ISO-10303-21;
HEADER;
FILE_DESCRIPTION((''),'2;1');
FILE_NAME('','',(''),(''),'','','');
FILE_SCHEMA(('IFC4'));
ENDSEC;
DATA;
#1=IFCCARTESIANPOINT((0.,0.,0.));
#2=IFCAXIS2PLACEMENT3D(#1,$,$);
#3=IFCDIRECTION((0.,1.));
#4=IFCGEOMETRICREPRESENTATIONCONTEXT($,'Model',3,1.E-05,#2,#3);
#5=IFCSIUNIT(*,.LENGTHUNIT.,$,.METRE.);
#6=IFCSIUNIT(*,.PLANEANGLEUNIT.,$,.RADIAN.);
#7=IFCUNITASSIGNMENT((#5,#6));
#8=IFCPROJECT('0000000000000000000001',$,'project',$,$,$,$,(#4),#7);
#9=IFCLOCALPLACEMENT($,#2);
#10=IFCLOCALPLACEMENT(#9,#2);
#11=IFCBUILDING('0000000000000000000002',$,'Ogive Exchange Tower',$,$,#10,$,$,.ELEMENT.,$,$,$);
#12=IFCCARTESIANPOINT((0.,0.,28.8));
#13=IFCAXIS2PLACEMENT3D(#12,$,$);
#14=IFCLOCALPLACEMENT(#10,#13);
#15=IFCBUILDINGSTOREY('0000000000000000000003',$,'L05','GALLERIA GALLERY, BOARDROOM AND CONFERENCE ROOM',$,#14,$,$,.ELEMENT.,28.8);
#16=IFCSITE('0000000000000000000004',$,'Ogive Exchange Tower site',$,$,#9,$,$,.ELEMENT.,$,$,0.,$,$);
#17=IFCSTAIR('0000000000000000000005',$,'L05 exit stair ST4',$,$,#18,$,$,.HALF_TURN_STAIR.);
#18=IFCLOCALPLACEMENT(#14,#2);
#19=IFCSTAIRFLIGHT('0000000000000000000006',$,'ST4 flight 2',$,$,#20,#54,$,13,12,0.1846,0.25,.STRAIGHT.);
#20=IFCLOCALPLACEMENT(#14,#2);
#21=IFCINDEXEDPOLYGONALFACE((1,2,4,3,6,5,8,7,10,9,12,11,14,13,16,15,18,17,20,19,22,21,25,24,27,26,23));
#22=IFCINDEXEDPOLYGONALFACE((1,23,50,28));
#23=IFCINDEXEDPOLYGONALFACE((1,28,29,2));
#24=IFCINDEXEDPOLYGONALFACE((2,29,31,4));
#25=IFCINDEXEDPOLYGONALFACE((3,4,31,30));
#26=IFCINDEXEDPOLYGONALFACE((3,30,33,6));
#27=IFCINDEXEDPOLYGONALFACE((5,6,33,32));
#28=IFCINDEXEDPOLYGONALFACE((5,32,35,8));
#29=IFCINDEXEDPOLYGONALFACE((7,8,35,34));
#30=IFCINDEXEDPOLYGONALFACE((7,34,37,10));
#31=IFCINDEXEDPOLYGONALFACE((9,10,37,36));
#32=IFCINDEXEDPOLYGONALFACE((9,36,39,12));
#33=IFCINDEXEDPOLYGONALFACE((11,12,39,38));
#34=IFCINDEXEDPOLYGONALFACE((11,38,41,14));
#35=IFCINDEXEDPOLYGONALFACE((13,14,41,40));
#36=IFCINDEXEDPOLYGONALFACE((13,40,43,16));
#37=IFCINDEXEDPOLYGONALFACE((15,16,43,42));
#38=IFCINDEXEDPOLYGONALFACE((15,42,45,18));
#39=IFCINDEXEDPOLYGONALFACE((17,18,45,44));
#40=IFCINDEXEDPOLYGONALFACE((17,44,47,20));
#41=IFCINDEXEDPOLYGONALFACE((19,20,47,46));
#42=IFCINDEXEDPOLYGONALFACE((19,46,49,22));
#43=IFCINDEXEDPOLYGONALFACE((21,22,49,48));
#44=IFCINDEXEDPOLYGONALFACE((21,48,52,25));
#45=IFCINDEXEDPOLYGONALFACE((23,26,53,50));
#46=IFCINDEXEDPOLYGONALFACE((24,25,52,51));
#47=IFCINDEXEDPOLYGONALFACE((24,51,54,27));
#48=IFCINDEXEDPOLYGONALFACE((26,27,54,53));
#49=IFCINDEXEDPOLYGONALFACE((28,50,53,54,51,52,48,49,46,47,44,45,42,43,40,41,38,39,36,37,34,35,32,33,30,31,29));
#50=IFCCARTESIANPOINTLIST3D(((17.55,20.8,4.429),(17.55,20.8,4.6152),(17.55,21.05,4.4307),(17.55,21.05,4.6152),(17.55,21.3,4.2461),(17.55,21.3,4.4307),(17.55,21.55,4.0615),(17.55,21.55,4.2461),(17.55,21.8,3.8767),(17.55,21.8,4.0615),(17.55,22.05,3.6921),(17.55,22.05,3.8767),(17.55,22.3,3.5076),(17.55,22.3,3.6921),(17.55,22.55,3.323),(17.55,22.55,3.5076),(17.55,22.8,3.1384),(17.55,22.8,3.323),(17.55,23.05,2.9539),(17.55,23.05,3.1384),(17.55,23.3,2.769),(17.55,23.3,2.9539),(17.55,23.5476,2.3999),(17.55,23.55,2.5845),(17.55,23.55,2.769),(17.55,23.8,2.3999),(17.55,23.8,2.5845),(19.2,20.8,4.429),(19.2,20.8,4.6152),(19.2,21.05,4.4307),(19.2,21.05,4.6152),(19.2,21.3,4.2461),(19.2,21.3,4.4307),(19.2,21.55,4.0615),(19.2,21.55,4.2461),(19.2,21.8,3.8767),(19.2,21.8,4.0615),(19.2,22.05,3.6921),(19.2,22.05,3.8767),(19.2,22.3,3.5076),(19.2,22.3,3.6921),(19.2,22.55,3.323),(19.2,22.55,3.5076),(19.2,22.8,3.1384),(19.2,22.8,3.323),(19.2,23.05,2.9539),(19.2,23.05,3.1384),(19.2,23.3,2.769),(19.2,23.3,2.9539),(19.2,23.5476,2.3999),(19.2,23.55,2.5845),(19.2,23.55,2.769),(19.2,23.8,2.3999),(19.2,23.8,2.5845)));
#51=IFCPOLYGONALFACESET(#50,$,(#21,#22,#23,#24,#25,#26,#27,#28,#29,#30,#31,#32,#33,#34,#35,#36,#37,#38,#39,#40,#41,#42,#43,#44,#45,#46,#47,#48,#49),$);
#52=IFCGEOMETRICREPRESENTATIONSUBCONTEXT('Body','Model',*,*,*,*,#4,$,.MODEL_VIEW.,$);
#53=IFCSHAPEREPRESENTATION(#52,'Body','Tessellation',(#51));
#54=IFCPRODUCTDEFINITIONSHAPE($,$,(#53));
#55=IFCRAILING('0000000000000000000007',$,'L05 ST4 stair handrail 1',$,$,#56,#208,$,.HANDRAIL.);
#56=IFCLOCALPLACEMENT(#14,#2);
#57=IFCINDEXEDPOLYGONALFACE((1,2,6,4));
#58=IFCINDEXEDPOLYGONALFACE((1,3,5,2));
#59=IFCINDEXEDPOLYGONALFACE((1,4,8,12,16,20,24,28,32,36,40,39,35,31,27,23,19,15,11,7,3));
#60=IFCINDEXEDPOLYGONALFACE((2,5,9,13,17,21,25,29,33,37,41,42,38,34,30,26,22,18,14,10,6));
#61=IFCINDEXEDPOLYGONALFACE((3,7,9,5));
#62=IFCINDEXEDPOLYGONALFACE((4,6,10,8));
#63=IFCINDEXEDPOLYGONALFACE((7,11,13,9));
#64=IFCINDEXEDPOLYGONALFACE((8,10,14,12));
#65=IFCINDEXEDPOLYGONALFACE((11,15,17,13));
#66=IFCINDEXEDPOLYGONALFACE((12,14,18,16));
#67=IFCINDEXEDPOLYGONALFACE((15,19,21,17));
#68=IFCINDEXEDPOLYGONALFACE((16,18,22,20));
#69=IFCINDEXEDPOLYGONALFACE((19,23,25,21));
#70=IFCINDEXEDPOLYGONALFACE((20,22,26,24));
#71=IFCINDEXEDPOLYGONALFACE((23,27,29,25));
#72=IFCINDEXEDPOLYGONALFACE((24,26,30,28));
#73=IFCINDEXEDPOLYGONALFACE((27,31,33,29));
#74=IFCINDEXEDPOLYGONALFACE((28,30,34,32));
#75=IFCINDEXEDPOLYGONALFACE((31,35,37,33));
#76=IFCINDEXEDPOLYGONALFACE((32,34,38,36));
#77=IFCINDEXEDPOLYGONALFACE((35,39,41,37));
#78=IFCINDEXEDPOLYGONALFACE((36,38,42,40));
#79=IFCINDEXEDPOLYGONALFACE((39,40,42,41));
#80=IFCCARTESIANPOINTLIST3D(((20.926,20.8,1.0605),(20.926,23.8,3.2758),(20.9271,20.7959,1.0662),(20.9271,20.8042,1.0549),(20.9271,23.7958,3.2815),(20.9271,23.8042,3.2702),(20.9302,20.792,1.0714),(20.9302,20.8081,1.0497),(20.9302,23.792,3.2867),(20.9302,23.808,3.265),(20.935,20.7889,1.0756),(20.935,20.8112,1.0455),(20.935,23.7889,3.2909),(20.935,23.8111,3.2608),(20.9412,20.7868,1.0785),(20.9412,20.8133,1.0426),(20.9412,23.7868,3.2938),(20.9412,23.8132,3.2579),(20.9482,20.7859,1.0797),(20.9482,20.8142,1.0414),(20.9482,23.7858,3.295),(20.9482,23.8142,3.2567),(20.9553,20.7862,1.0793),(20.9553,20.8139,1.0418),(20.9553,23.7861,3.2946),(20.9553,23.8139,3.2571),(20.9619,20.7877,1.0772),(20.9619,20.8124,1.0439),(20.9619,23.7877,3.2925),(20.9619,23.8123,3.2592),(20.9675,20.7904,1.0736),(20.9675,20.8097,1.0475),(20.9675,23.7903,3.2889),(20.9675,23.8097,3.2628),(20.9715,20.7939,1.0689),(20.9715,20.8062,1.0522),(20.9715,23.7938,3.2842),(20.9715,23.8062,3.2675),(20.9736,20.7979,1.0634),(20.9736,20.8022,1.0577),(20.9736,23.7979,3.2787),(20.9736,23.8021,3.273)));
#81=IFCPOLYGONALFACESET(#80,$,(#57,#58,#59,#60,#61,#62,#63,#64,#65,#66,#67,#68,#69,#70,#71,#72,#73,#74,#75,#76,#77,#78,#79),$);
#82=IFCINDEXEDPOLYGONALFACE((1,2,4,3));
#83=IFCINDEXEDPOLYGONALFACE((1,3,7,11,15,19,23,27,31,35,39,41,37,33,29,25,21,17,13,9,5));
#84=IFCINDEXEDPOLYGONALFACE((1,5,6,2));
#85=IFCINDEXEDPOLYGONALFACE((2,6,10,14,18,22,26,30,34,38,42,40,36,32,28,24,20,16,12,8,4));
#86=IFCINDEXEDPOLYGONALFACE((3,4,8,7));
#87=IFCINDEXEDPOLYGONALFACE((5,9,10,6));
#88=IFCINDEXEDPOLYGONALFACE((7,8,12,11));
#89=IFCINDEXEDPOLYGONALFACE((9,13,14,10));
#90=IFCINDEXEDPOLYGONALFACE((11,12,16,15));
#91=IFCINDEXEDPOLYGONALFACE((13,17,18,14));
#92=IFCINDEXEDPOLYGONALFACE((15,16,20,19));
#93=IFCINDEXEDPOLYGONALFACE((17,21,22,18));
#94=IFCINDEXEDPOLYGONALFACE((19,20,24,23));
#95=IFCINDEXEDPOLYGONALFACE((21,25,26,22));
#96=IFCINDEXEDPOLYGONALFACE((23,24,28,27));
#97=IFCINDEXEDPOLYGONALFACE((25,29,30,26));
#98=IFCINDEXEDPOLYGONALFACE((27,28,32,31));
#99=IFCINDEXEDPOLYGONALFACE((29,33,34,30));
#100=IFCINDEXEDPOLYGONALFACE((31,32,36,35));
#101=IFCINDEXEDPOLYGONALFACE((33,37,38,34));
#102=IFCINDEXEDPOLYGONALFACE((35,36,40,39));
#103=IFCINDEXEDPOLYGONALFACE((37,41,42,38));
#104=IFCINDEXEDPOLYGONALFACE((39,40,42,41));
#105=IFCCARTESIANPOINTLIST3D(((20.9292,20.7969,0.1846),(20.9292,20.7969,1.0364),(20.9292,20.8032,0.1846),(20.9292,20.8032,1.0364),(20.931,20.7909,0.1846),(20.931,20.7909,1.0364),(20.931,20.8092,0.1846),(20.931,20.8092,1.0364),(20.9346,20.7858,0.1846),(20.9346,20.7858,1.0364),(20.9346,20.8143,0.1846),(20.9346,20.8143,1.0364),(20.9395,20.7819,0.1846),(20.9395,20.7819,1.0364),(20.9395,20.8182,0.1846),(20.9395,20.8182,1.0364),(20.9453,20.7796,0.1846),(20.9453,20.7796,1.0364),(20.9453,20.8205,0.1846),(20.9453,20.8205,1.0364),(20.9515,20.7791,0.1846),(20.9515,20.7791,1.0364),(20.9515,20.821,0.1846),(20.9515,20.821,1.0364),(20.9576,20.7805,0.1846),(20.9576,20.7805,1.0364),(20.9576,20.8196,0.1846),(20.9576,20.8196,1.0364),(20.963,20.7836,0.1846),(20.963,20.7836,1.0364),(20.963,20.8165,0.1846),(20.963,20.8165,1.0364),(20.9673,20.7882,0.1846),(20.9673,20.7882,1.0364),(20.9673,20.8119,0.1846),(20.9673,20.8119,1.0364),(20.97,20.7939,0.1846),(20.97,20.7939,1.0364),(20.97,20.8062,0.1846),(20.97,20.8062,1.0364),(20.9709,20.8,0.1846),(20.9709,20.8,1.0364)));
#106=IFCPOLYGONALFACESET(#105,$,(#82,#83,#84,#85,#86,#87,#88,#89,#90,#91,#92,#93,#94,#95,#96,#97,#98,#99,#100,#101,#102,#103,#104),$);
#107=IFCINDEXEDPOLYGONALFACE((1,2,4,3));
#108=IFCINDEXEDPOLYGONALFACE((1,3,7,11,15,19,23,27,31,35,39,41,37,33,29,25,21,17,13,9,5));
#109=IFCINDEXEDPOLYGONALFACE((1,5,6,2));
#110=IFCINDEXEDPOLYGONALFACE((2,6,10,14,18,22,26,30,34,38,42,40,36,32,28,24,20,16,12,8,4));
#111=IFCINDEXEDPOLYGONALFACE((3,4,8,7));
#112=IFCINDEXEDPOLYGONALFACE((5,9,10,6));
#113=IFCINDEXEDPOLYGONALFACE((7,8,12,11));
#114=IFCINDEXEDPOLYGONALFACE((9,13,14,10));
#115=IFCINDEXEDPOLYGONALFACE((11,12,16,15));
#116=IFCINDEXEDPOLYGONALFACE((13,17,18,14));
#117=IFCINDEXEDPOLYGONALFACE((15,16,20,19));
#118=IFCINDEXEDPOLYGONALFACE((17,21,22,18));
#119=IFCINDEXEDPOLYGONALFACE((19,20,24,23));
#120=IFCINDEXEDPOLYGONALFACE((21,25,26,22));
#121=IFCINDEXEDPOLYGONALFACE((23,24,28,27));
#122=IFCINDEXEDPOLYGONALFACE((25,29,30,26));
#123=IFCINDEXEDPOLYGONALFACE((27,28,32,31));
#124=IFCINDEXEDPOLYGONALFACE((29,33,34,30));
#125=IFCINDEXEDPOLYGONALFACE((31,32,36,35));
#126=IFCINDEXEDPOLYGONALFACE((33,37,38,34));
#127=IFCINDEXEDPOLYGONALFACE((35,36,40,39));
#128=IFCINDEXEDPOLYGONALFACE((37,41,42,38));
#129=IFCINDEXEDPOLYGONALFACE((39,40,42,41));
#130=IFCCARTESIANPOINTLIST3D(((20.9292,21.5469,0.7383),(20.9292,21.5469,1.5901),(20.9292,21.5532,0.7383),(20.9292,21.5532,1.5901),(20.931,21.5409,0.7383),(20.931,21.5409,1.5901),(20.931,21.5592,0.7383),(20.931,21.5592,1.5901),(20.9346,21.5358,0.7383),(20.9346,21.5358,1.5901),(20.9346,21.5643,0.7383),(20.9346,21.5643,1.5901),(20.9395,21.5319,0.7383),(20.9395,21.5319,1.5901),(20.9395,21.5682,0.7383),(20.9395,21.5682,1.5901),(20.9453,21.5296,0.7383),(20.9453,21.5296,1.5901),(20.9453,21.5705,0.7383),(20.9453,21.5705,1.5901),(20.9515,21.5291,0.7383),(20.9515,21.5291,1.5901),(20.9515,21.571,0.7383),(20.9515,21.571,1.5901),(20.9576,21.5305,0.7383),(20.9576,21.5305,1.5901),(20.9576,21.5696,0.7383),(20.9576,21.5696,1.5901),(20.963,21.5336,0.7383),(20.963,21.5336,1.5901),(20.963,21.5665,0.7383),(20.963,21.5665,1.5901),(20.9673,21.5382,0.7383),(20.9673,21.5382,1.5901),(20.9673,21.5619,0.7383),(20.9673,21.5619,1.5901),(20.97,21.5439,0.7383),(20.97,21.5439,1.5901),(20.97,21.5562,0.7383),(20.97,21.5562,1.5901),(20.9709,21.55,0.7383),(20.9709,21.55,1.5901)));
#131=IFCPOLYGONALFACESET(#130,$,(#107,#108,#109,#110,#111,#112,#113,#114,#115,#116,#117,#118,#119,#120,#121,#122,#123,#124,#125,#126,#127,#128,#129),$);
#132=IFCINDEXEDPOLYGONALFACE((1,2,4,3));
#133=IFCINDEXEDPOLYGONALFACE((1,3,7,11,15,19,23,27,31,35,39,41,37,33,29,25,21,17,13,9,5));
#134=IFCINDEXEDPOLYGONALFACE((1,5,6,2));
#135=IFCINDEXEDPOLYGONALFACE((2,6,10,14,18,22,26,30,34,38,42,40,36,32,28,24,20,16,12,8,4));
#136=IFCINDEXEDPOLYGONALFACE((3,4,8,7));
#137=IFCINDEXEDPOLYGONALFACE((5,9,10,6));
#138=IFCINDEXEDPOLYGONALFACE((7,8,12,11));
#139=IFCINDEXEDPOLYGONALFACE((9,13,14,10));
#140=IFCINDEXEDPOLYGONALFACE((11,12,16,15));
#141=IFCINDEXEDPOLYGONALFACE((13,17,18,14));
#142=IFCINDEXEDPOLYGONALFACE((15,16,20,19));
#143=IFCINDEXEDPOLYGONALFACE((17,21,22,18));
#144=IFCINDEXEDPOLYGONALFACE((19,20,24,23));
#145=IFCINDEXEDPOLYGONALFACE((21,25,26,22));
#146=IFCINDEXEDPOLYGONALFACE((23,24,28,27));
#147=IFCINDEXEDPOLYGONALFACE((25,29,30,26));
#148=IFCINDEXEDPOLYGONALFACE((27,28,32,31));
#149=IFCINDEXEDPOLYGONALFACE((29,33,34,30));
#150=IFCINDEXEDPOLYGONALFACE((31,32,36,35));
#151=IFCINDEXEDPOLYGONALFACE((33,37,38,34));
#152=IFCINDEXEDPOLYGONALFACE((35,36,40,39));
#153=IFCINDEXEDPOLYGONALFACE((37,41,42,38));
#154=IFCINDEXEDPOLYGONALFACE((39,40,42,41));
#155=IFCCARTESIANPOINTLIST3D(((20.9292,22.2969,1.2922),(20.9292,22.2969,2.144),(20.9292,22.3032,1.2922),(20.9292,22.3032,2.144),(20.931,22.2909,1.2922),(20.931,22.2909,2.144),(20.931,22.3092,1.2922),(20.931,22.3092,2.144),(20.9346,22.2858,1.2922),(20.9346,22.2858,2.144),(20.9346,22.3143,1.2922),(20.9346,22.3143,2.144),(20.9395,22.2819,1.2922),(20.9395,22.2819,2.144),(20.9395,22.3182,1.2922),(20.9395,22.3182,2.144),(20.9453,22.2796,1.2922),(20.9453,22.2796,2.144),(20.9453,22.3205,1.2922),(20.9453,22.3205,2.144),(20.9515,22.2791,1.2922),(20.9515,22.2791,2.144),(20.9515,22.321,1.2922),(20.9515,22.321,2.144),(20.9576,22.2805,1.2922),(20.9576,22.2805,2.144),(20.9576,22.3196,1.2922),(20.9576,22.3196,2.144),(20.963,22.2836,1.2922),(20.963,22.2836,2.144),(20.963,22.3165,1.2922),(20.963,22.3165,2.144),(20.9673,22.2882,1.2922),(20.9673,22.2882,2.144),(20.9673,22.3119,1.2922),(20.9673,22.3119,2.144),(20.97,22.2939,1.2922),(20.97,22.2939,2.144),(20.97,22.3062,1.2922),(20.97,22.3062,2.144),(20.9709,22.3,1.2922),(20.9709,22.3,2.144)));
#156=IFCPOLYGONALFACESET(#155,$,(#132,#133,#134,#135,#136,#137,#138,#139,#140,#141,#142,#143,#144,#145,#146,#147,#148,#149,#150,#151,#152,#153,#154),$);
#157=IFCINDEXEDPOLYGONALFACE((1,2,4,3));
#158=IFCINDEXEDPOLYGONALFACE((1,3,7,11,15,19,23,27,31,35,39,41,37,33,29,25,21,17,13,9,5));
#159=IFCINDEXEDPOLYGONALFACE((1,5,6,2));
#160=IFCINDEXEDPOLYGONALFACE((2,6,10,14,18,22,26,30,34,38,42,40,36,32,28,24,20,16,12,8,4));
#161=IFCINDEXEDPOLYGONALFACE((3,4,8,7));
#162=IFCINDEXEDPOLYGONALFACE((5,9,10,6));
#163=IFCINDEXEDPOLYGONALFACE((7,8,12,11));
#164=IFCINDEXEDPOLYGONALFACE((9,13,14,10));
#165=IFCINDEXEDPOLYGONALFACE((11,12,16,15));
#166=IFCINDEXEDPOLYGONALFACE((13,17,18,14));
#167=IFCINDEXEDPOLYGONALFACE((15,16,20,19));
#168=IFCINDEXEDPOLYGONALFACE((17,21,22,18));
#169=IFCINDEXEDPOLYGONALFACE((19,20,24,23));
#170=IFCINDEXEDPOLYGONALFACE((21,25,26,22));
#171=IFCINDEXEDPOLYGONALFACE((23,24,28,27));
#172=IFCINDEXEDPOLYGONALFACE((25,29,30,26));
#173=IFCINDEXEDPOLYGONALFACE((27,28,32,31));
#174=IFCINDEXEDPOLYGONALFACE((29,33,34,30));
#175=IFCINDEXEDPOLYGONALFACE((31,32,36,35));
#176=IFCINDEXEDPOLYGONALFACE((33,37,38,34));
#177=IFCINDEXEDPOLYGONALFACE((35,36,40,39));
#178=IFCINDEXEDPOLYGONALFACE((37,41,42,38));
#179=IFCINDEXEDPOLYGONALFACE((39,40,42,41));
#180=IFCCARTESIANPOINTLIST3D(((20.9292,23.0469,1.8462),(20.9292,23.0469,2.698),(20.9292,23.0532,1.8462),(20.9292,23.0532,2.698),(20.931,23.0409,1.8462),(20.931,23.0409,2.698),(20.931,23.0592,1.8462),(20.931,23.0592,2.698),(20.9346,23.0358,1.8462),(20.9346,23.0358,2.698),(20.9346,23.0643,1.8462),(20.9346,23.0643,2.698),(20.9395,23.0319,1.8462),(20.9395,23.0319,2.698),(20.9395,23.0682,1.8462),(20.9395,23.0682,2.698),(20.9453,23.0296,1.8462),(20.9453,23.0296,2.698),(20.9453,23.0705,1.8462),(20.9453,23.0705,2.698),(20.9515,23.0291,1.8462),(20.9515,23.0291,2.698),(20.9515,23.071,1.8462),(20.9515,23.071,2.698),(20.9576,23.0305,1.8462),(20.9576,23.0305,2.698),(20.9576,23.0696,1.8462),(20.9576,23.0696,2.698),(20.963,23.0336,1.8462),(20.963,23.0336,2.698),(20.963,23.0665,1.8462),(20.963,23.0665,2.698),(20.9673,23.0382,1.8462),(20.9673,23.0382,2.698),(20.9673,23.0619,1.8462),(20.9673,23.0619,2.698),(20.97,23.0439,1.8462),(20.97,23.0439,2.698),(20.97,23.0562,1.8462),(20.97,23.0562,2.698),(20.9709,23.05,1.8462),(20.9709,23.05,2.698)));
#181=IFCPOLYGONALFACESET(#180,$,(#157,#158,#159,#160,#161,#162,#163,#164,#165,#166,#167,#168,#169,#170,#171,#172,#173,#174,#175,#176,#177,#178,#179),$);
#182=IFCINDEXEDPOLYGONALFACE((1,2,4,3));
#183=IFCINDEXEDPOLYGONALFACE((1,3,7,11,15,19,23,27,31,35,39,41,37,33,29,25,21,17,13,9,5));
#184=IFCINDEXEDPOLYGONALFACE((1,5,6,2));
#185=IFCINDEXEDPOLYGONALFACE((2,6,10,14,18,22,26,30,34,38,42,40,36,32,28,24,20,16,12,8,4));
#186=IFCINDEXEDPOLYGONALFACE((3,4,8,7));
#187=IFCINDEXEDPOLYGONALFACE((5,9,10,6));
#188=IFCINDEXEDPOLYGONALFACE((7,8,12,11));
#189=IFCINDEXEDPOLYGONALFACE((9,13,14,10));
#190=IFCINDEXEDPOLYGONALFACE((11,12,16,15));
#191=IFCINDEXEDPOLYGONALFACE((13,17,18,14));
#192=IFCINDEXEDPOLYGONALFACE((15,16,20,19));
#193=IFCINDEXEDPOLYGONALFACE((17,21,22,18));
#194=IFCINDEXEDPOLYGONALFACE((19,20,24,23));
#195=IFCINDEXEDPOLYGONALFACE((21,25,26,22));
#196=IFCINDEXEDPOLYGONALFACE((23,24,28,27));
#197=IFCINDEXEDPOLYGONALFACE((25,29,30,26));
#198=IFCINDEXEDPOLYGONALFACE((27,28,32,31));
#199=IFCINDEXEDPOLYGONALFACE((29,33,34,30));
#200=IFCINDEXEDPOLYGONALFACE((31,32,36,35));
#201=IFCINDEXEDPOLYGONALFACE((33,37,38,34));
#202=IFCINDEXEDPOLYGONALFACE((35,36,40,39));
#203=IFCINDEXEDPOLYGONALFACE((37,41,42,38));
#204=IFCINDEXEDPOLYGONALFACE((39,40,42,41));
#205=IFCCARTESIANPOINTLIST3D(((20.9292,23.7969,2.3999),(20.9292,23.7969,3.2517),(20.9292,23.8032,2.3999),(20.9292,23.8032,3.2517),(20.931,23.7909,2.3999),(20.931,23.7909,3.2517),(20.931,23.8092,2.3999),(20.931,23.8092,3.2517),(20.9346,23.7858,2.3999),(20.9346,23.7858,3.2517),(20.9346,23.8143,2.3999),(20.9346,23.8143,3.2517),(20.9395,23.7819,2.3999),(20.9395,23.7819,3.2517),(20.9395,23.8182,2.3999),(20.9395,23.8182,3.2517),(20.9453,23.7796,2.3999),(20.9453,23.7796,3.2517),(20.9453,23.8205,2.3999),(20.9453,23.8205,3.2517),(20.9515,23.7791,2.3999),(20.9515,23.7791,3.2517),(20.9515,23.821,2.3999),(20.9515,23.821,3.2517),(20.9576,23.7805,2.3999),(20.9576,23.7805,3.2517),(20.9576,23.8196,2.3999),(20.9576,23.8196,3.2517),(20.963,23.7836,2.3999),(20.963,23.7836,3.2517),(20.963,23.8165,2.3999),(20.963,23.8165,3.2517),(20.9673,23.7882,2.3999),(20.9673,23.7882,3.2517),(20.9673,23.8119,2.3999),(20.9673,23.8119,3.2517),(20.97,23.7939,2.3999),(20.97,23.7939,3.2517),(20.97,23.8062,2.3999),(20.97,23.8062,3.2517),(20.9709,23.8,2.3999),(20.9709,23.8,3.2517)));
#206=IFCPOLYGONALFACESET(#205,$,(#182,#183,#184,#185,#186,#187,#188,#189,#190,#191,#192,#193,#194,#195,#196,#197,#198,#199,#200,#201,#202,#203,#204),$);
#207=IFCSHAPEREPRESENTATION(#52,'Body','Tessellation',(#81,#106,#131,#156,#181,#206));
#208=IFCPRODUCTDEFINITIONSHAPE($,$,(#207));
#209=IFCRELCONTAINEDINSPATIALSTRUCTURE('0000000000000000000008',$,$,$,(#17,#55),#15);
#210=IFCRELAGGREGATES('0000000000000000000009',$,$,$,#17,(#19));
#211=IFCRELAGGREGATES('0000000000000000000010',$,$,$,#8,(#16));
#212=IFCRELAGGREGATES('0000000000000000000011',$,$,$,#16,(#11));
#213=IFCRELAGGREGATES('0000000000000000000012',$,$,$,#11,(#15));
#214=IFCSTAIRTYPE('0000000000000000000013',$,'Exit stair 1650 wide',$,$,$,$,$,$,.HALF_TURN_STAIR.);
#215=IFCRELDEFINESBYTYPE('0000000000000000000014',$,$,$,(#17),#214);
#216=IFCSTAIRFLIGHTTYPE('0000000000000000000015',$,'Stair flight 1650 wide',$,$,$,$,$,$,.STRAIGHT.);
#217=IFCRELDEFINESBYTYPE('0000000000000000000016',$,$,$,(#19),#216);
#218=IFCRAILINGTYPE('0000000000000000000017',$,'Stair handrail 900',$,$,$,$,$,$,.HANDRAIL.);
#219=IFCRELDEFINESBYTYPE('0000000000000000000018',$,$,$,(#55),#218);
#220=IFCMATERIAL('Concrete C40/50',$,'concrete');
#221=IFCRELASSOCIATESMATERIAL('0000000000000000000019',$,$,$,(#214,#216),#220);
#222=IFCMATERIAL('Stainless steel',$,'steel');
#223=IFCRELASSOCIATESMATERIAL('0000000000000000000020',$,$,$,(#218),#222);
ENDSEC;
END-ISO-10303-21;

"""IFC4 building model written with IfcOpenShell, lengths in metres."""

from ifc_helpers import new_model, si_unit, direction, frame, origin, origin_2d, place, context, subcontext, project, spatial, polyline, circle, outline, extrude, material, type_object, element, aggregate, save


model = new_model("IFC4")

# Units and contexts
model_context = context("Model", 3, precision=1e-05, world=origin(), true_north=direction((0.0, 1.0)))
body_context = subcontext(model_context, "Body", "Model", "MODEL_VIEW")
ifc_project = project(units=[si_unit("LENGTHUNIT", "METRE"), si_unit("PLANEANGLEUNIT", "RADIAN")], contexts=[model_context])

# Site, building, storey
site_placement = place(None, origin())
site = spatial("IfcSite", under=ifc_project, at=site_placement, Name="Ogive Exchange Tower site", CompositionType="ELEMENT", RefElevation=0.0)
building_placement = place(site_placement, origin())
building = spatial("IfcBuilding", under=site, at=building_placement, Name="Ogive Exchange Tower", CompositionType="ELEMENT")
storey_placement = place(building_placement, frame((0.0, 0.0, 28.8)))
storey = spatial("IfcBuildingStorey", under=building, at=storey_placement, Name="L05", Description="GALLERIA GALLERY, BOARDROOM AND CONFERENCE ROOM", CompositionType="ELEMENT", Elevation=28.8)

# Stair, stair flight
ifc_material_1 = material(Name="Concrete C40/50", Category="concrete")
stair_type = type_object("IfcStairType", Name="Exit stair 1650 wide", PredefinedType="HALF_TURN_STAIR", material=ifc_material_1)
stair_placement = place(storey_placement, origin())
stair = element("IfcStair", 1, at=stair_placement, inside=storey, type_object=stair_type, Name="L05 exit stair ST4", PredefinedType="HALF_TURN_STAIR")
stair_flight_type = type_object("IfcStairFlightType", Name="Stair flight 1650 wide", PredefinedType="STRAIGHT", material=ifc_material_1)
stair_flight_1_placement = place(storey_placement, frame((18.375, 23.8, 2.3999), z_axis=(0.0, 0.0, 1.0), x_axis=(0.0, -1.0, 0.0)))
stair_flight_1 = element("IfcStairFlight", 2, at=stair_flight_1_placement, type_object=stair_flight_type, Name="ST4 flight 2", NumberOfRisers=13, NumberOfTreads=12, PredefinedType="STRAIGHT", RiserHeight=0.1846, TreadLength=0.25, context=body_context, shape_type="SweptSolid", body=[
    extrude(outline(polyline([(0.0, 0.0), (0.0, 0.1846), (0.25, 0.1846), (0.25, 0.3691), (0.5, 0.3691), (0.5, 0.554), (0.75, 0.554), (0.75, 0.7385), (1.0, 0.7385), (1.0, 0.9231), (1.25, 0.9231), (1.25, 1.1077), (1.5, 1.1077), (1.5, 1.2922), (1.75, 1.2922), (1.75, 1.4768), (2.0, 1.4768), (2.0, 1.6616), (2.25, 1.6616), (2.25, 1.8462), (2.5, 1.8462), (2.5, 2.0308), (2.75, 2.0308), (2.75, 2.2153), (3.0, 2.2153), (3.0, 2.3999), (3.0, 2.0291), (0.2524, 0.0), (0.0, 0.0)])), frame((0.0, 0.825, 0.0), z_axis=(0.0, -1.0, 0.0), x_axis=(1.0, 0.0, 0.0)), (0.0, 0.0, 1.0), 1.6499),
])
aggregate(stair, [stair_flight_1])

# Railing
ifc_material_2 = material(Name="Stainless steel", Category="steel")
railing_type = type_object("IfcRailingType", Name="Stair handrail 900", PredefinedType="HANDRAIL", material=ifc_material_2)
railing_placement = place(storey_placement, frame((20.95, 20.8, 0.1846)))
element("IfcRailing", 3, at=railing_placement, inside=storey, type_object=railing_type, Name="L05 ST4 stair handrail 1", PredefinedType="HANDRAIL", context=body_context, shape_type="SweptSolid", body=[
    extrude(circle(Radius=0.0239, at=origin_2d()), frame((0.0, 0.0, 0.876), z_axis=(0.0, 0.80444, 0.594034), x_axis=(-1.0, 0.0, 0.0)), (0.0, 0.0, 1.0), 3.7292),
    extrude(circle(Radius=0.021, at=origin_2d()), origin(), (0.0, 0.0, 1.0), 0.8518),
    extrude(circle(Radius=0.021, at=origin_2d()), frame((0.0, 0.75, 0.5537)), (0.0, 0.0, 1.0), 0.8518),
    extrude(circle(Radius=0.021, at=origin_2d()), frame((0.0, 1.5, 1.1077)), (0.0, 0.0, 1.0), 0.8518),
    extrude(circle(Radius=0.021, at=origin_2d()), frame((0.0, 2.25, 1.6616)), (0.0, 0.0, 1.0), 0.8518),
    extrude(circle(Radius=0.021, at=origin_2d()), frame((0.0, 3.0, 2.2153)), (0.0, 0.0, 1.0), 0.8518),
])

save(model, "model.ifc")
